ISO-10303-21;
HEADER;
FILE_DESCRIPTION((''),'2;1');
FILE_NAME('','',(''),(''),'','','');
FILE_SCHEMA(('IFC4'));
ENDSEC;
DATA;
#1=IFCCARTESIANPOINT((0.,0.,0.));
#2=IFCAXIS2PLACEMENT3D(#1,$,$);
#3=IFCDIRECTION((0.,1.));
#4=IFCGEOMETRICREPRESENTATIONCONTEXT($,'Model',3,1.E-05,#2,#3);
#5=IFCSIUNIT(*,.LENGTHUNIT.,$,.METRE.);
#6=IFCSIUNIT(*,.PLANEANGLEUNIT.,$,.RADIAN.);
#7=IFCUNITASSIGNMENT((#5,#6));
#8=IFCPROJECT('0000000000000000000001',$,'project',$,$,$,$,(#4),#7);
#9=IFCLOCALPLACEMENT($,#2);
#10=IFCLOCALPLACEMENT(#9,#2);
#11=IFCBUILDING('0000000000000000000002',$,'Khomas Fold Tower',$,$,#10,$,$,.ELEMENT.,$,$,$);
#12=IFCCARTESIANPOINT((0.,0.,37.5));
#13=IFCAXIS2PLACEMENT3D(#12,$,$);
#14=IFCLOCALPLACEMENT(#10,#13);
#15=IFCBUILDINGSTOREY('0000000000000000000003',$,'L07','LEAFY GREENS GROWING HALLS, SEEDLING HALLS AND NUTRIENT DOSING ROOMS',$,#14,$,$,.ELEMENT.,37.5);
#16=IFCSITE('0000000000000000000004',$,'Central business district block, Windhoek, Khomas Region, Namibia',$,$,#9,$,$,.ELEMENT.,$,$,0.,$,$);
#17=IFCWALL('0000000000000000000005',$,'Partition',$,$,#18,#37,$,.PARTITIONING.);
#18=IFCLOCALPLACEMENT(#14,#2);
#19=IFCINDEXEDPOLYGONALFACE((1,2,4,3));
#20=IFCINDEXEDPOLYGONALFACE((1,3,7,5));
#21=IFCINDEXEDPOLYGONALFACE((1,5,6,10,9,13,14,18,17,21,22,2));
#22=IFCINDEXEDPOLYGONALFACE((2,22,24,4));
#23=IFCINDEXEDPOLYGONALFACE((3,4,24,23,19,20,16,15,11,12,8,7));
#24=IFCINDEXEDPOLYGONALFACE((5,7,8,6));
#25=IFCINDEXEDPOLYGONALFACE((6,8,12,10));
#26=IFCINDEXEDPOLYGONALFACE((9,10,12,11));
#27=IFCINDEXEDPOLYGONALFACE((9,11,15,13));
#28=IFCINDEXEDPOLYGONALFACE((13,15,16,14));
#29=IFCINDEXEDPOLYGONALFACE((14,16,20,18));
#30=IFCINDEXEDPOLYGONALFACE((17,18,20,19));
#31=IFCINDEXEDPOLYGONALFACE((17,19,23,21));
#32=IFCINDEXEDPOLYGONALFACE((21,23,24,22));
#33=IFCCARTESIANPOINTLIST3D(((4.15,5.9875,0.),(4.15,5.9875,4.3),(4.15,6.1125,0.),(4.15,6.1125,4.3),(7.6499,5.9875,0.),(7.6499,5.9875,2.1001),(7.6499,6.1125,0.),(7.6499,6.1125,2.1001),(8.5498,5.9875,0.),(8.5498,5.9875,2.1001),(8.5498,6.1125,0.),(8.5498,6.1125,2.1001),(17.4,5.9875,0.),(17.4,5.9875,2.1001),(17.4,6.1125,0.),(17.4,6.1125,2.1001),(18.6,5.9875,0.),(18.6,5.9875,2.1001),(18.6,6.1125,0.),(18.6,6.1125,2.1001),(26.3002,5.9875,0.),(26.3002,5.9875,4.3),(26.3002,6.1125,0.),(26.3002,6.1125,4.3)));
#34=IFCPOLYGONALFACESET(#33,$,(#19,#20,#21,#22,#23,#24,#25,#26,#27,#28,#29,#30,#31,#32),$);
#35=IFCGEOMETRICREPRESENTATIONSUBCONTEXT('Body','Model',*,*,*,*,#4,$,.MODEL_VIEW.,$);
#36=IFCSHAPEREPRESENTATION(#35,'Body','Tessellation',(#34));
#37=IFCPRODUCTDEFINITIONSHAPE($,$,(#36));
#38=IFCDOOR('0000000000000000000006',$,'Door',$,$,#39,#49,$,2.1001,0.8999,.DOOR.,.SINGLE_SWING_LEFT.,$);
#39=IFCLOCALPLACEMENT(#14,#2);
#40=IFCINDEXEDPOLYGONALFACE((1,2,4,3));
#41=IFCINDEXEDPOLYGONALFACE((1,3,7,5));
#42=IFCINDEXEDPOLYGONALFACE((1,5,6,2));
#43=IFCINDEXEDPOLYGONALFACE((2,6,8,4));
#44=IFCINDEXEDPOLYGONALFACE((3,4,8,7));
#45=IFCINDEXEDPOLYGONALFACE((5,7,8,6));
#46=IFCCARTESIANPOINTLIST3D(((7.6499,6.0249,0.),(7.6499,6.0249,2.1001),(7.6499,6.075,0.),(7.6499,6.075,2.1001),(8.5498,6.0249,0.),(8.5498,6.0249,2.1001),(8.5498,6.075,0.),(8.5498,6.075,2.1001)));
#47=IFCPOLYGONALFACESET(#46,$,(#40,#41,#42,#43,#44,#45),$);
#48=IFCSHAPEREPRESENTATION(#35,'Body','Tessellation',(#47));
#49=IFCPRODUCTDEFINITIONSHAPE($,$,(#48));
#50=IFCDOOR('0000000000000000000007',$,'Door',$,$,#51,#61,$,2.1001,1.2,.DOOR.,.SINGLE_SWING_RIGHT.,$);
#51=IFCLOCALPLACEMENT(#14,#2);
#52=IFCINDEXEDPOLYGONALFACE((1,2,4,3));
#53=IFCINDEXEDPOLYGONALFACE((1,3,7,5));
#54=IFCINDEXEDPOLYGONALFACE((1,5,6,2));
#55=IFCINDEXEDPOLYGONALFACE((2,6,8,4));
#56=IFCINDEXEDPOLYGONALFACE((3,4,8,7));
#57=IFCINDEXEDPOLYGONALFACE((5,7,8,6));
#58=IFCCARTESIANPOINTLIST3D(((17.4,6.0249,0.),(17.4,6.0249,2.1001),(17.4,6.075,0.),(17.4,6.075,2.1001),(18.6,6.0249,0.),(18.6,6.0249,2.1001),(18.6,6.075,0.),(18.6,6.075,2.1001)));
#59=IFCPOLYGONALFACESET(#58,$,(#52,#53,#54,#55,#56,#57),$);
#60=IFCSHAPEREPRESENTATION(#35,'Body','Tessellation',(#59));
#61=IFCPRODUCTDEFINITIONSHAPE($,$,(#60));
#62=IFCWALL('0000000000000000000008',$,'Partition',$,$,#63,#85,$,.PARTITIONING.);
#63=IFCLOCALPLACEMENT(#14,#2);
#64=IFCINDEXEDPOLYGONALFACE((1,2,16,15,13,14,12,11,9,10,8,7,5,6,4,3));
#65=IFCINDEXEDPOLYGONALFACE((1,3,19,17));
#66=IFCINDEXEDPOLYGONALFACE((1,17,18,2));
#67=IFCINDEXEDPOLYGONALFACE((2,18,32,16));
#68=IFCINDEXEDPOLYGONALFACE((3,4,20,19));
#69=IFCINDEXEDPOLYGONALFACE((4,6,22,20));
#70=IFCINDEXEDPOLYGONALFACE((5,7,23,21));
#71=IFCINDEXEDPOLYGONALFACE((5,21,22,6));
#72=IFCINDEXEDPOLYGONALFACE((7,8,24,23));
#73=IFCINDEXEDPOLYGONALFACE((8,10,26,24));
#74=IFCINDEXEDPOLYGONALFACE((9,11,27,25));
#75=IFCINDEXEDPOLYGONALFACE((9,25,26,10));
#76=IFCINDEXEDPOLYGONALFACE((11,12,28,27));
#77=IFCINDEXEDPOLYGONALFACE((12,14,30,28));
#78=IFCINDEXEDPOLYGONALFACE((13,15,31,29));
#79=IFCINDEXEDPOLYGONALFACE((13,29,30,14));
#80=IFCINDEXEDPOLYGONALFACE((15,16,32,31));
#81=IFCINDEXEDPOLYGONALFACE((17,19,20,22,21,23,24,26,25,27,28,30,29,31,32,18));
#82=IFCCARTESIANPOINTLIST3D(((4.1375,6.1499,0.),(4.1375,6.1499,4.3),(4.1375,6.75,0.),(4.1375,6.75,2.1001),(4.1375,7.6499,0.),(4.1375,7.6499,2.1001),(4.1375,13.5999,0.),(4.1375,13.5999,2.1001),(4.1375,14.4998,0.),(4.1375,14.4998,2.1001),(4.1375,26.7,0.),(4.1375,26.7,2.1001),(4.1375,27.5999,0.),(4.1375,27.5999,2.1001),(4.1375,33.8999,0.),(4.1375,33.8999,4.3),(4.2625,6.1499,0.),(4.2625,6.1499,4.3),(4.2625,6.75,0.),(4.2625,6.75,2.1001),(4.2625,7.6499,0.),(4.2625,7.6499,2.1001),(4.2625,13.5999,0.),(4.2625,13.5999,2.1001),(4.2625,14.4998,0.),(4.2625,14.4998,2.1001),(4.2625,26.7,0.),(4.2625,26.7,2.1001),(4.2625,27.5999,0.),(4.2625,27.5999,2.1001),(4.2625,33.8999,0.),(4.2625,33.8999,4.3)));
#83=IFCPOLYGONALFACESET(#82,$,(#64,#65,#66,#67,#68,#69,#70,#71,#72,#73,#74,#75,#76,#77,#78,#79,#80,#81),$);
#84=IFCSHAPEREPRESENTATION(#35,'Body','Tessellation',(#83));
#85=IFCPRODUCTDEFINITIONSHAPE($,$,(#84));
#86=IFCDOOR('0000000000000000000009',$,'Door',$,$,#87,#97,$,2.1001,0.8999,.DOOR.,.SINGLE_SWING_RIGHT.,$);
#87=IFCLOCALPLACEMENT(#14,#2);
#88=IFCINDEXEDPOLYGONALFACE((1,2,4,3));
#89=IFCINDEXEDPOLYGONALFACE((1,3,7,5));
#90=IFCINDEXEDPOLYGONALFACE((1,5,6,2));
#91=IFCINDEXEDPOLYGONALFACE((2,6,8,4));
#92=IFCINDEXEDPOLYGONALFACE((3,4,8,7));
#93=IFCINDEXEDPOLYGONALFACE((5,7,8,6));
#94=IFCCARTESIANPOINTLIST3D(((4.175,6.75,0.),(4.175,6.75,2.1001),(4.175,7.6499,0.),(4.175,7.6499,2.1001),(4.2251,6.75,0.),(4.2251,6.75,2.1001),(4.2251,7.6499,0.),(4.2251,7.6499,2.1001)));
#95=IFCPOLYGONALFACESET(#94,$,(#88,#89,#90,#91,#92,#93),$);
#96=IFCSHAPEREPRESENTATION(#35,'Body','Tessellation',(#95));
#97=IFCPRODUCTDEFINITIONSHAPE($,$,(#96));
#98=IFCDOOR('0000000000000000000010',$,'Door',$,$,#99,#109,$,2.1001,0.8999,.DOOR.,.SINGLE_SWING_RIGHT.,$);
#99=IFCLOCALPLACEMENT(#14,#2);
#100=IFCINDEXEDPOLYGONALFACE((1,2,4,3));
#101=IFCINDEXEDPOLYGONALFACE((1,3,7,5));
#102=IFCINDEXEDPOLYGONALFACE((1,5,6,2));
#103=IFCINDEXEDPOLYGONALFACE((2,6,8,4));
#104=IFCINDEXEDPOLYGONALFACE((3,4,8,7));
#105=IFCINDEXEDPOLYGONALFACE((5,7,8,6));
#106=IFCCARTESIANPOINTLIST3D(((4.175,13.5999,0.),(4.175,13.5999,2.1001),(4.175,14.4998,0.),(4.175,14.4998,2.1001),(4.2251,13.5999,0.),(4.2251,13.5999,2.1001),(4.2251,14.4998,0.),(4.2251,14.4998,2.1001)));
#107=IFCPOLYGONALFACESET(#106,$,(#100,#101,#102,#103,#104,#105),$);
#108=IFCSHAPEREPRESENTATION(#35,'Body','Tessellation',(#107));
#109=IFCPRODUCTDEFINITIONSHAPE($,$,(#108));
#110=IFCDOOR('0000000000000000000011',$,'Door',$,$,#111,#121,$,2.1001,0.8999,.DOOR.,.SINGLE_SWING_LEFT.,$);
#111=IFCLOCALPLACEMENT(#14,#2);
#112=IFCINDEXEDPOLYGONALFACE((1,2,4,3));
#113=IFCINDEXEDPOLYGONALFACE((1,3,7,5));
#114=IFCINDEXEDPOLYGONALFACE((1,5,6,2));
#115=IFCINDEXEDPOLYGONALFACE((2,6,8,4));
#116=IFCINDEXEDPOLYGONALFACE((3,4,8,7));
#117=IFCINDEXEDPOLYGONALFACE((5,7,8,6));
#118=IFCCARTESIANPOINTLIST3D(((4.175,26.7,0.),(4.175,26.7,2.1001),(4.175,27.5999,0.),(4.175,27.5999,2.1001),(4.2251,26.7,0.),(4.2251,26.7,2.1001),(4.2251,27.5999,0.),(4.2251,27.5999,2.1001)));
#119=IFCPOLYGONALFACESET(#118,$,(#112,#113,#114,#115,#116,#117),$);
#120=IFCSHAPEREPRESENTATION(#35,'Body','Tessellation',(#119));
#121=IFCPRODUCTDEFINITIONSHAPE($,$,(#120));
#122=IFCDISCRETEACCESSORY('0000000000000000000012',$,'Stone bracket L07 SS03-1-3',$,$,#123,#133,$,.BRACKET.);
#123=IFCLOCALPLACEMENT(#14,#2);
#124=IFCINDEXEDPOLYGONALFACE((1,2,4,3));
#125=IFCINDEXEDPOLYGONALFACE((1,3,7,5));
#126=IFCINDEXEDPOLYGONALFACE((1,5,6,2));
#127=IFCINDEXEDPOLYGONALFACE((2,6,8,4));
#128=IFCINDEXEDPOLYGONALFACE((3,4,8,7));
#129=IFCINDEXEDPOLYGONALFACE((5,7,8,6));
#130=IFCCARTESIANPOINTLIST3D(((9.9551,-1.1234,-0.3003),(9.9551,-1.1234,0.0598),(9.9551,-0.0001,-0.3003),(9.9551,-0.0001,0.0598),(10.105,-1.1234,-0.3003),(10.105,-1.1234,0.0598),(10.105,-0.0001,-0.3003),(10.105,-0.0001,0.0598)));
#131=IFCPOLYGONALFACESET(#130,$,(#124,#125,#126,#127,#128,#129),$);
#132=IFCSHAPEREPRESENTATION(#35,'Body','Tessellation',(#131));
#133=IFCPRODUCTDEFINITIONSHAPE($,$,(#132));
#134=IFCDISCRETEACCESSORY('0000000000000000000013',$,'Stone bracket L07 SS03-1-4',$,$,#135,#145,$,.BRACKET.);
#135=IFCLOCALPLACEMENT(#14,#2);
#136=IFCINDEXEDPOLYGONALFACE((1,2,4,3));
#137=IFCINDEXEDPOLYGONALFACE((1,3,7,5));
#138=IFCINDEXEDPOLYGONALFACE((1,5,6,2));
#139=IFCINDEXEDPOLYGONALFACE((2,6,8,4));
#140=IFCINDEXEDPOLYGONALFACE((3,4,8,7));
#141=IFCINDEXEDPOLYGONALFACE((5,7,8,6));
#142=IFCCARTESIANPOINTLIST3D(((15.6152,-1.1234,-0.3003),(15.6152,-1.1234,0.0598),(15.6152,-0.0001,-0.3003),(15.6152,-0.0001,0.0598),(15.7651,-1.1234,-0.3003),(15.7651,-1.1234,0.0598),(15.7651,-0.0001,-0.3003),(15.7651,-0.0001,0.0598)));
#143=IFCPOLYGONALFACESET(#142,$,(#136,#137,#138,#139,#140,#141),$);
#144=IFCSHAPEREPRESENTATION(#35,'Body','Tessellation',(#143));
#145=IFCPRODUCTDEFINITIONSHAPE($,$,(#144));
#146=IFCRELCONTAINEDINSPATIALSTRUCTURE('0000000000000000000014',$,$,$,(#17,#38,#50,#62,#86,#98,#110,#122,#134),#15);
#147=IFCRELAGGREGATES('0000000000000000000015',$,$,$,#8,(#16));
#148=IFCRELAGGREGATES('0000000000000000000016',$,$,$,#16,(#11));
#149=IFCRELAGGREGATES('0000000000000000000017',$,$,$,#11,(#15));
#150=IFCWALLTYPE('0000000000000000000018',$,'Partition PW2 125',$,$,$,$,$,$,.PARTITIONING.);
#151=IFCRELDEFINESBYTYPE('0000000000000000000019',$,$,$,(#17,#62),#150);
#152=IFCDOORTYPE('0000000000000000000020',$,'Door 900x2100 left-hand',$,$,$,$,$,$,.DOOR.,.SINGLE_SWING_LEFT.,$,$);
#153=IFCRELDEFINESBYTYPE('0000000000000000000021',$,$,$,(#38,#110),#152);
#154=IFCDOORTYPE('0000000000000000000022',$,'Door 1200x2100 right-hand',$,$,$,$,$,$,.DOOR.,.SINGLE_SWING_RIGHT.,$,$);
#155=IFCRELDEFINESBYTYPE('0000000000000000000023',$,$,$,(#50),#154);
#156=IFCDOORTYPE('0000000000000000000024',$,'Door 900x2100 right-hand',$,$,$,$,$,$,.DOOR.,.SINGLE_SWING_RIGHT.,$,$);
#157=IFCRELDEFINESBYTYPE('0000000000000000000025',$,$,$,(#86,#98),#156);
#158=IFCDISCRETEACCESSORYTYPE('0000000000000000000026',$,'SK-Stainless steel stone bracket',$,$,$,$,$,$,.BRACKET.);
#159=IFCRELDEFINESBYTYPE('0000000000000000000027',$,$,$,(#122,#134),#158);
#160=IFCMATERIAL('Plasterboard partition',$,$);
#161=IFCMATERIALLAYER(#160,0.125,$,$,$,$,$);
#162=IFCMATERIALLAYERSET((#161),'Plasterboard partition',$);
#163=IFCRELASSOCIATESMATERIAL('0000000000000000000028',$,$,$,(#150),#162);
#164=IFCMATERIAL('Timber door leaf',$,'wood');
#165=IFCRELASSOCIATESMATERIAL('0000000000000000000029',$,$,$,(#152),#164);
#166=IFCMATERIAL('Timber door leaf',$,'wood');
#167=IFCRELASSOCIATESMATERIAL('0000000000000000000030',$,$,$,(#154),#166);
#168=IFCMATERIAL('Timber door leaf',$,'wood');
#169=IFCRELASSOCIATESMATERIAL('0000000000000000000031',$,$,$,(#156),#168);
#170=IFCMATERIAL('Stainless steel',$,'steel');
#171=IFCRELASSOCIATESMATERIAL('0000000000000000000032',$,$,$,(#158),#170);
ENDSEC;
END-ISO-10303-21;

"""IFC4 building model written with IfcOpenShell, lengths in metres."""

from ifc_helpers import new_model, si_unit, direction, frame, frame_2d, origin, origin_2d, place, context, subcontext, project, spatial, rectangle, extrude, source, transform, mapped, material, layer, layer_set, type_object, element, fill, save


model = new_model("IFC4")

# Units and contexts
model_context = context("Model", 3, precision=1e-05, world=origin(), true_north=direction((0.0, 1.0)))
body_context = subcontext(model_context, "Body", "Model", "MODEL_VIEW")
ifc_project = project(units=[si_unit("LENGTHUNIT", "METRE"), si_unit("PLANEANGLEUNIT", "RADIAN")], contexts=[model_context])

# Site, building, storey
site_placement = place(None, origin())
site = spatial("IfcSite", under=ifc_project, at=site_placement, Name="Central business district block, Windhoek, Khomas Region, Namibia", CompositionType="ELEMENT", RefElevation=0.0)
building_placement = place(site_placement, origin())
building = spatial("IfcBuilding", under=site, at=building_placement, Name="Khomas Fold Tower", CompositionType="ELEMENT")
storey_placement = place(building_placement, frame((0.0, 0.0, 37.5)))
storey = spatial("IfcBuildingStorey", under=building, at=storey_placement, Name="L07", Description="LEAFY GREENS GROWING HALLS, SEEDLING HALLS AND NUTRIENT DOSING ROOMS", CompositionType="ELEMENT", Elevation=37.5)

# Walls, openings, doors
ifc_material_1 = material(Name="Plasterboard partition")
ifc_layer_1 = layer(ifc_material_1, 0.125)
ifc_layer_set_1 = layer_set([ifc_layer_1], Name="Plasterboard partition")
wall_type_1 = type_object("IfcWallType", Name="Partition PW2 125", PredefinedType="PARTITIONING", material=ifc_layer_set_1)
shared_shape_1 = source(origin(), body_context, "Body", "SweptSolid", [
    extrude(rectangle(XDim=22.1501, YDim=0.125, at=frame_2d((11.0752, 0.0))), origin(), (0.0, 0.0, 1.0), 4.3),
])
wall_1_placement = place(storey_placement, frame((4.1499, 6.05, 0.0), z_axis=(0.0, 0.0, 1.0), x_axis=(1.0, 0.0, 0.0)))
wall_1 = element("IfcWall", 1, at=wall_1_placement, inside=storey, type_object=wall_type_1, Name="Partition", PredefinedType="PARTITIONING", context=body_context, shape_type="MappedRepresentation", body=[
    mapped(shared_shape_1, transform((0.0, 0.0, 0.0))),
])
shared_shape_2 = source(origin(), body_context, "Body", "SweptSolid", [
    extrude(rectangle(XDim=0.8999, YDim=2.1001, at=frame_2d((0.45, 1.05))), frame((0.0, 0.0725, 0.0), z_axis=(0.0, -1.0, 0.0), x_axis=(1.0, 0.0, 0.0)), (0.0, 0.0, 1.0), 0.145),
])
opening_1_placement = place(wall_1_placement, frame((3.5, 0.0, 0.0)))
opening_1 = element("IfcOpeningElement", 2, at=opening_1_placement, cuts=wall_1, PredefinedType="OPENING", context=body_context, shape_type="MappedRepresentation", body=[
    mapped(shared_shape_2, transform((0.0, 0.0, 0.0))),
])
shared_shape_3 = source(origin(), body_context, "Body", "SweptSolid", [
    extrude(rectangle(XDim=1.2, YDim=2.1001, at=frame_2d((0.6001, 1.05))), frame((0.0, 0.0725, 0.0), z_axis=(0.0, -1.0, 0.0), x_axis=(1.0, 0.0, 0.0)), (0.0, 0.0, 1.0), 0.145),
])
opening_2_placement = place(wall_1_placement, frame((13.25, 0.0, 0.0)))
opening_2 = element("IfcOpeningElement", 3, at=opening_2_placement, cuts=wall_1, PredefinedType="OPENING", context=body_context, shape_type="MappedRepresentation", body=[
    mapped(shared_shape_3, transform((0.0, 0.0, 0.0))),
])
ifc_material_2 = material(Name="Timber door leaf", Category="wood")
door_type_1 = type_object("IfcDoorType", Name="Door 900x2100 left-hand", OperationType="SINGLE_SWING_LEFT", PredefinedType="DOOR", material=ifc_material_2)
shared_shape_4 = source(origin(), body_context, "Body", "SweptSolid", [
    extrude(rectangle(XDim=0.8999, YDim=2.1001, at=frame_2d((0.45, 1.05))), frame((0.0, 0.0249, 0.0), z_axis=(0.0, -1.0, 0.0), x_axis=(1.0, 0.0, 0.0)), (0.0, 0.0, 1.0), 0.05),
])
door_1_placement = place(opening_1_placement, origin())
door_1 = element("IfcDoor", 4, at=door_1_placement, inside=storey, type_object=door_type_1, Name="Door", OperationType="SINGLE_SWING_LEFT", OverallHeight=2.1001, OverallWidth=0.8999, PredefinedType="DOOR", context=body_context, shape_type="MappedRepresentation", body=[
    mapped(shared_shape_4, transform((0.0, 0.0, 0.0))),
])
fill(opening_1, door_1)
ifc_material_3 = material(Name="Timber door leaf", Category="wood")
door_type_2 = type_object("IfcDoorType", Name="Door 1200x2100 right-hand", OperationType="SINGLE_SWING_RIGHT", PredefinedType="DOOR", material=ifc_material_3)
shared_shape_5 = source(origin(), body_context, "Body", "SweptSolid", [
    extrude(rectangle(XDim=1.2, YDim=2.1001, at=frame_2d((0.6001, 1.05))), frame((0.0, 0.0249, 0.0), z_axis=(0.0, -1.0, 0.0), x_axis=(1.0, 0.0, 0.0)), (0.0, 0.0, 1.0), 0.05),
])
door_2_placement = place(opening_2_placement, origin())
door_2 = element("IfcDoor", 5, at=door_2_placement, inside=storey, type_object=door_type_2, Name="Door", OperationType="SINGLE_SWING_RIGHT", OverallHeight=2.1001, OverallWidth=1.2, PredefinedType="DOOR", context=body_context, shape_type="MappedRepresentation", body=[
    mapped(shared_shape_5, transform((0.0, 0.0, 0.0))),
])
fill(opening_2, door_2)
shared_shape_6 = source(origin(), body_context, "Body", "SweptSolid", [
    extrude(rectangle(XDim=27.75, YDim=0.125, at=frame_2d((13.875, 0.0))), origin(), (0.0, 0.0, 1.0), 4.3),
])
wall_2_placement = place(storey_placement, frame((4.2, 6.1499, 0.0), z_axis=(0.0, 0.0, 1.0), x_axis=(0.0, 1.0, 0.0)))
wall_2 = element("IfcWall", 6, at=wall_2_placement, inside=storey, type_object=wall_type_1, Name="Partition", PredefinedType="PARTITIONING", context=body_context, shape_type="MappedRepresentation", body=[
    mapped(shared_shape_6, transform((0.0, 0.0, 0.0))),
])
opening_3_placement = place(wall_2_placement, frame((0.6001, 0.0, 0.0)))
opening_3 = element("IfcOpeningElement", 7, at=opening_3_placement, cuts=wall_2, PredefinedType="OPENING", context=body_context, shape_type="MappedRepresentation", body=[
    mapped(shared_shape_2, transform((0.0, 0.0, 0.0))),
])
opening_4_placement = place(wall_2_placement, frame((7.45, 0.0, 0.0)))
opening_4 = element("IfcOpeningElement", 8, at=opening_4_placement, cuts=wall_2, PredefinedType="OPENING", context=body_context, shape_type="MappedRepresentation", body=[
    mapped(shared_shape_2, transform((0.0, 0.0, 0.0))),
])
opening_5_placement = place(wall_2_placement, frame((20.55, 0.0, 0.0)))
opening_5 = element("IfcOpeningElement", 9, at=opening_5_placement, cuts=wall_2, PredefinedType="OPENING", context=body_context, shape_type="MappedRepresentation", body=[
    mapped(shared_shape_2, transform((0.0, 0.0, 0.0))),
])
ifc_material_4 = material(Name="Timber door leaf", Category="wood")
door_type_3 = type_object("IfcDoorType", Name="Door 900x2100 right-hand", OperationType="SINGLE_SWING_RIGHT", PredefinedType="DOOR", material=ifc_material_4)
door_3_placement = place(opening_3_placement, origin())
door_3 = element("IfcDoor", 10, at=door_3_placement, inside=storey, type_object=door_type_3, Name="Door", OperationType="SINGLE_SWING_RIGHT", OverallHeight=2.1001, OverallWidth=0.8999, PredefinedType="DOOR", context=body_context, shape_type="MappedRepresentation", body=[
    mapped(shared_shape_4, transform((0.0, 0.0, 0.0))),
])
fill(opening_3, door_3)
door_4_placement = place(opening_4_placement, origin())
door_4 = element("IfcDoor", 11, at=door_4_placement, inside=storey, type_object=door_type_3, Name="Door", OperationType="SINGLE_SWING_RIGHT", OverallHeight=2.1001, OverallWidth=0.8999, PredefinedType="DOOR", context=body_context, shape_type="MappedRepresentation", body=[
    mapped(shared_shape_4, transform((0.0, 0.0, 0.0))),
])
fill(opening_4, door_4)
door_5_placement = place(opening_5_placement, origin())
door_5 = element("IfcDoor", 12, at=door_5_placement, inside=storey, type_object=door_type_1, Name="Door", OperationType="SINGLE_SWING_LEFT", OverallHeight=2.1001, OverallWidth=0.8999, PredefinedType="DOOR", context=body_context, shape_type="MappedRepresentation", body=[
    mapped(shared_shape_4, transform((0.0, 0.0, 0.0))),
])
fill(opening_5, door_5)

# Discrete accessories
ifc_material_5 = material(Name="Stainless steel", Category="steel")
discrete_accessory_type = type_object("IfcDiscreteAccessoryType", Name="SK-Stainless steel stone bracket", PredefinedType="BRACKET", material=ifc_material_5)
shared_shape_7 = source(origin(), body_context, "Body", "SweptSolid", [
    extrude(rectangle(XDim=1.1233, YDim=0.1499, at=origin_2d()), origin(), (0.0, 0.0, 1.0), 0.3601),
])
for number, where, z_axis, x_axis, name in (
    (13, (10.03, -0.5618, -0.3003), (0.0, 0.0, 1.0), (0.0, -1.0, 0.0), "Stone bracket L07 SS03-1-3"),
    (14, (15.6902, -0.5618, -0.3003), (0.0, 0.0, 1.0), (0.0, -1.0, 0.0), "Stone bracket L07 SS03-1-4"),
):
    element("IfcDiscreteAccessory", number, at=place(storey_placement, frame(where, z_axis=z_axis, x_axis=x_axis)), inside=storey, type_object=discrete_accessory_type, Name=name, PredefinedType="BRACKET", context=body_context, shape_type="MappedRepresentation", body=[
        mapped(shared_shape_7, transform((0.0, 0.0, 0.0))),
    ])

save(model, "model.ifc")
